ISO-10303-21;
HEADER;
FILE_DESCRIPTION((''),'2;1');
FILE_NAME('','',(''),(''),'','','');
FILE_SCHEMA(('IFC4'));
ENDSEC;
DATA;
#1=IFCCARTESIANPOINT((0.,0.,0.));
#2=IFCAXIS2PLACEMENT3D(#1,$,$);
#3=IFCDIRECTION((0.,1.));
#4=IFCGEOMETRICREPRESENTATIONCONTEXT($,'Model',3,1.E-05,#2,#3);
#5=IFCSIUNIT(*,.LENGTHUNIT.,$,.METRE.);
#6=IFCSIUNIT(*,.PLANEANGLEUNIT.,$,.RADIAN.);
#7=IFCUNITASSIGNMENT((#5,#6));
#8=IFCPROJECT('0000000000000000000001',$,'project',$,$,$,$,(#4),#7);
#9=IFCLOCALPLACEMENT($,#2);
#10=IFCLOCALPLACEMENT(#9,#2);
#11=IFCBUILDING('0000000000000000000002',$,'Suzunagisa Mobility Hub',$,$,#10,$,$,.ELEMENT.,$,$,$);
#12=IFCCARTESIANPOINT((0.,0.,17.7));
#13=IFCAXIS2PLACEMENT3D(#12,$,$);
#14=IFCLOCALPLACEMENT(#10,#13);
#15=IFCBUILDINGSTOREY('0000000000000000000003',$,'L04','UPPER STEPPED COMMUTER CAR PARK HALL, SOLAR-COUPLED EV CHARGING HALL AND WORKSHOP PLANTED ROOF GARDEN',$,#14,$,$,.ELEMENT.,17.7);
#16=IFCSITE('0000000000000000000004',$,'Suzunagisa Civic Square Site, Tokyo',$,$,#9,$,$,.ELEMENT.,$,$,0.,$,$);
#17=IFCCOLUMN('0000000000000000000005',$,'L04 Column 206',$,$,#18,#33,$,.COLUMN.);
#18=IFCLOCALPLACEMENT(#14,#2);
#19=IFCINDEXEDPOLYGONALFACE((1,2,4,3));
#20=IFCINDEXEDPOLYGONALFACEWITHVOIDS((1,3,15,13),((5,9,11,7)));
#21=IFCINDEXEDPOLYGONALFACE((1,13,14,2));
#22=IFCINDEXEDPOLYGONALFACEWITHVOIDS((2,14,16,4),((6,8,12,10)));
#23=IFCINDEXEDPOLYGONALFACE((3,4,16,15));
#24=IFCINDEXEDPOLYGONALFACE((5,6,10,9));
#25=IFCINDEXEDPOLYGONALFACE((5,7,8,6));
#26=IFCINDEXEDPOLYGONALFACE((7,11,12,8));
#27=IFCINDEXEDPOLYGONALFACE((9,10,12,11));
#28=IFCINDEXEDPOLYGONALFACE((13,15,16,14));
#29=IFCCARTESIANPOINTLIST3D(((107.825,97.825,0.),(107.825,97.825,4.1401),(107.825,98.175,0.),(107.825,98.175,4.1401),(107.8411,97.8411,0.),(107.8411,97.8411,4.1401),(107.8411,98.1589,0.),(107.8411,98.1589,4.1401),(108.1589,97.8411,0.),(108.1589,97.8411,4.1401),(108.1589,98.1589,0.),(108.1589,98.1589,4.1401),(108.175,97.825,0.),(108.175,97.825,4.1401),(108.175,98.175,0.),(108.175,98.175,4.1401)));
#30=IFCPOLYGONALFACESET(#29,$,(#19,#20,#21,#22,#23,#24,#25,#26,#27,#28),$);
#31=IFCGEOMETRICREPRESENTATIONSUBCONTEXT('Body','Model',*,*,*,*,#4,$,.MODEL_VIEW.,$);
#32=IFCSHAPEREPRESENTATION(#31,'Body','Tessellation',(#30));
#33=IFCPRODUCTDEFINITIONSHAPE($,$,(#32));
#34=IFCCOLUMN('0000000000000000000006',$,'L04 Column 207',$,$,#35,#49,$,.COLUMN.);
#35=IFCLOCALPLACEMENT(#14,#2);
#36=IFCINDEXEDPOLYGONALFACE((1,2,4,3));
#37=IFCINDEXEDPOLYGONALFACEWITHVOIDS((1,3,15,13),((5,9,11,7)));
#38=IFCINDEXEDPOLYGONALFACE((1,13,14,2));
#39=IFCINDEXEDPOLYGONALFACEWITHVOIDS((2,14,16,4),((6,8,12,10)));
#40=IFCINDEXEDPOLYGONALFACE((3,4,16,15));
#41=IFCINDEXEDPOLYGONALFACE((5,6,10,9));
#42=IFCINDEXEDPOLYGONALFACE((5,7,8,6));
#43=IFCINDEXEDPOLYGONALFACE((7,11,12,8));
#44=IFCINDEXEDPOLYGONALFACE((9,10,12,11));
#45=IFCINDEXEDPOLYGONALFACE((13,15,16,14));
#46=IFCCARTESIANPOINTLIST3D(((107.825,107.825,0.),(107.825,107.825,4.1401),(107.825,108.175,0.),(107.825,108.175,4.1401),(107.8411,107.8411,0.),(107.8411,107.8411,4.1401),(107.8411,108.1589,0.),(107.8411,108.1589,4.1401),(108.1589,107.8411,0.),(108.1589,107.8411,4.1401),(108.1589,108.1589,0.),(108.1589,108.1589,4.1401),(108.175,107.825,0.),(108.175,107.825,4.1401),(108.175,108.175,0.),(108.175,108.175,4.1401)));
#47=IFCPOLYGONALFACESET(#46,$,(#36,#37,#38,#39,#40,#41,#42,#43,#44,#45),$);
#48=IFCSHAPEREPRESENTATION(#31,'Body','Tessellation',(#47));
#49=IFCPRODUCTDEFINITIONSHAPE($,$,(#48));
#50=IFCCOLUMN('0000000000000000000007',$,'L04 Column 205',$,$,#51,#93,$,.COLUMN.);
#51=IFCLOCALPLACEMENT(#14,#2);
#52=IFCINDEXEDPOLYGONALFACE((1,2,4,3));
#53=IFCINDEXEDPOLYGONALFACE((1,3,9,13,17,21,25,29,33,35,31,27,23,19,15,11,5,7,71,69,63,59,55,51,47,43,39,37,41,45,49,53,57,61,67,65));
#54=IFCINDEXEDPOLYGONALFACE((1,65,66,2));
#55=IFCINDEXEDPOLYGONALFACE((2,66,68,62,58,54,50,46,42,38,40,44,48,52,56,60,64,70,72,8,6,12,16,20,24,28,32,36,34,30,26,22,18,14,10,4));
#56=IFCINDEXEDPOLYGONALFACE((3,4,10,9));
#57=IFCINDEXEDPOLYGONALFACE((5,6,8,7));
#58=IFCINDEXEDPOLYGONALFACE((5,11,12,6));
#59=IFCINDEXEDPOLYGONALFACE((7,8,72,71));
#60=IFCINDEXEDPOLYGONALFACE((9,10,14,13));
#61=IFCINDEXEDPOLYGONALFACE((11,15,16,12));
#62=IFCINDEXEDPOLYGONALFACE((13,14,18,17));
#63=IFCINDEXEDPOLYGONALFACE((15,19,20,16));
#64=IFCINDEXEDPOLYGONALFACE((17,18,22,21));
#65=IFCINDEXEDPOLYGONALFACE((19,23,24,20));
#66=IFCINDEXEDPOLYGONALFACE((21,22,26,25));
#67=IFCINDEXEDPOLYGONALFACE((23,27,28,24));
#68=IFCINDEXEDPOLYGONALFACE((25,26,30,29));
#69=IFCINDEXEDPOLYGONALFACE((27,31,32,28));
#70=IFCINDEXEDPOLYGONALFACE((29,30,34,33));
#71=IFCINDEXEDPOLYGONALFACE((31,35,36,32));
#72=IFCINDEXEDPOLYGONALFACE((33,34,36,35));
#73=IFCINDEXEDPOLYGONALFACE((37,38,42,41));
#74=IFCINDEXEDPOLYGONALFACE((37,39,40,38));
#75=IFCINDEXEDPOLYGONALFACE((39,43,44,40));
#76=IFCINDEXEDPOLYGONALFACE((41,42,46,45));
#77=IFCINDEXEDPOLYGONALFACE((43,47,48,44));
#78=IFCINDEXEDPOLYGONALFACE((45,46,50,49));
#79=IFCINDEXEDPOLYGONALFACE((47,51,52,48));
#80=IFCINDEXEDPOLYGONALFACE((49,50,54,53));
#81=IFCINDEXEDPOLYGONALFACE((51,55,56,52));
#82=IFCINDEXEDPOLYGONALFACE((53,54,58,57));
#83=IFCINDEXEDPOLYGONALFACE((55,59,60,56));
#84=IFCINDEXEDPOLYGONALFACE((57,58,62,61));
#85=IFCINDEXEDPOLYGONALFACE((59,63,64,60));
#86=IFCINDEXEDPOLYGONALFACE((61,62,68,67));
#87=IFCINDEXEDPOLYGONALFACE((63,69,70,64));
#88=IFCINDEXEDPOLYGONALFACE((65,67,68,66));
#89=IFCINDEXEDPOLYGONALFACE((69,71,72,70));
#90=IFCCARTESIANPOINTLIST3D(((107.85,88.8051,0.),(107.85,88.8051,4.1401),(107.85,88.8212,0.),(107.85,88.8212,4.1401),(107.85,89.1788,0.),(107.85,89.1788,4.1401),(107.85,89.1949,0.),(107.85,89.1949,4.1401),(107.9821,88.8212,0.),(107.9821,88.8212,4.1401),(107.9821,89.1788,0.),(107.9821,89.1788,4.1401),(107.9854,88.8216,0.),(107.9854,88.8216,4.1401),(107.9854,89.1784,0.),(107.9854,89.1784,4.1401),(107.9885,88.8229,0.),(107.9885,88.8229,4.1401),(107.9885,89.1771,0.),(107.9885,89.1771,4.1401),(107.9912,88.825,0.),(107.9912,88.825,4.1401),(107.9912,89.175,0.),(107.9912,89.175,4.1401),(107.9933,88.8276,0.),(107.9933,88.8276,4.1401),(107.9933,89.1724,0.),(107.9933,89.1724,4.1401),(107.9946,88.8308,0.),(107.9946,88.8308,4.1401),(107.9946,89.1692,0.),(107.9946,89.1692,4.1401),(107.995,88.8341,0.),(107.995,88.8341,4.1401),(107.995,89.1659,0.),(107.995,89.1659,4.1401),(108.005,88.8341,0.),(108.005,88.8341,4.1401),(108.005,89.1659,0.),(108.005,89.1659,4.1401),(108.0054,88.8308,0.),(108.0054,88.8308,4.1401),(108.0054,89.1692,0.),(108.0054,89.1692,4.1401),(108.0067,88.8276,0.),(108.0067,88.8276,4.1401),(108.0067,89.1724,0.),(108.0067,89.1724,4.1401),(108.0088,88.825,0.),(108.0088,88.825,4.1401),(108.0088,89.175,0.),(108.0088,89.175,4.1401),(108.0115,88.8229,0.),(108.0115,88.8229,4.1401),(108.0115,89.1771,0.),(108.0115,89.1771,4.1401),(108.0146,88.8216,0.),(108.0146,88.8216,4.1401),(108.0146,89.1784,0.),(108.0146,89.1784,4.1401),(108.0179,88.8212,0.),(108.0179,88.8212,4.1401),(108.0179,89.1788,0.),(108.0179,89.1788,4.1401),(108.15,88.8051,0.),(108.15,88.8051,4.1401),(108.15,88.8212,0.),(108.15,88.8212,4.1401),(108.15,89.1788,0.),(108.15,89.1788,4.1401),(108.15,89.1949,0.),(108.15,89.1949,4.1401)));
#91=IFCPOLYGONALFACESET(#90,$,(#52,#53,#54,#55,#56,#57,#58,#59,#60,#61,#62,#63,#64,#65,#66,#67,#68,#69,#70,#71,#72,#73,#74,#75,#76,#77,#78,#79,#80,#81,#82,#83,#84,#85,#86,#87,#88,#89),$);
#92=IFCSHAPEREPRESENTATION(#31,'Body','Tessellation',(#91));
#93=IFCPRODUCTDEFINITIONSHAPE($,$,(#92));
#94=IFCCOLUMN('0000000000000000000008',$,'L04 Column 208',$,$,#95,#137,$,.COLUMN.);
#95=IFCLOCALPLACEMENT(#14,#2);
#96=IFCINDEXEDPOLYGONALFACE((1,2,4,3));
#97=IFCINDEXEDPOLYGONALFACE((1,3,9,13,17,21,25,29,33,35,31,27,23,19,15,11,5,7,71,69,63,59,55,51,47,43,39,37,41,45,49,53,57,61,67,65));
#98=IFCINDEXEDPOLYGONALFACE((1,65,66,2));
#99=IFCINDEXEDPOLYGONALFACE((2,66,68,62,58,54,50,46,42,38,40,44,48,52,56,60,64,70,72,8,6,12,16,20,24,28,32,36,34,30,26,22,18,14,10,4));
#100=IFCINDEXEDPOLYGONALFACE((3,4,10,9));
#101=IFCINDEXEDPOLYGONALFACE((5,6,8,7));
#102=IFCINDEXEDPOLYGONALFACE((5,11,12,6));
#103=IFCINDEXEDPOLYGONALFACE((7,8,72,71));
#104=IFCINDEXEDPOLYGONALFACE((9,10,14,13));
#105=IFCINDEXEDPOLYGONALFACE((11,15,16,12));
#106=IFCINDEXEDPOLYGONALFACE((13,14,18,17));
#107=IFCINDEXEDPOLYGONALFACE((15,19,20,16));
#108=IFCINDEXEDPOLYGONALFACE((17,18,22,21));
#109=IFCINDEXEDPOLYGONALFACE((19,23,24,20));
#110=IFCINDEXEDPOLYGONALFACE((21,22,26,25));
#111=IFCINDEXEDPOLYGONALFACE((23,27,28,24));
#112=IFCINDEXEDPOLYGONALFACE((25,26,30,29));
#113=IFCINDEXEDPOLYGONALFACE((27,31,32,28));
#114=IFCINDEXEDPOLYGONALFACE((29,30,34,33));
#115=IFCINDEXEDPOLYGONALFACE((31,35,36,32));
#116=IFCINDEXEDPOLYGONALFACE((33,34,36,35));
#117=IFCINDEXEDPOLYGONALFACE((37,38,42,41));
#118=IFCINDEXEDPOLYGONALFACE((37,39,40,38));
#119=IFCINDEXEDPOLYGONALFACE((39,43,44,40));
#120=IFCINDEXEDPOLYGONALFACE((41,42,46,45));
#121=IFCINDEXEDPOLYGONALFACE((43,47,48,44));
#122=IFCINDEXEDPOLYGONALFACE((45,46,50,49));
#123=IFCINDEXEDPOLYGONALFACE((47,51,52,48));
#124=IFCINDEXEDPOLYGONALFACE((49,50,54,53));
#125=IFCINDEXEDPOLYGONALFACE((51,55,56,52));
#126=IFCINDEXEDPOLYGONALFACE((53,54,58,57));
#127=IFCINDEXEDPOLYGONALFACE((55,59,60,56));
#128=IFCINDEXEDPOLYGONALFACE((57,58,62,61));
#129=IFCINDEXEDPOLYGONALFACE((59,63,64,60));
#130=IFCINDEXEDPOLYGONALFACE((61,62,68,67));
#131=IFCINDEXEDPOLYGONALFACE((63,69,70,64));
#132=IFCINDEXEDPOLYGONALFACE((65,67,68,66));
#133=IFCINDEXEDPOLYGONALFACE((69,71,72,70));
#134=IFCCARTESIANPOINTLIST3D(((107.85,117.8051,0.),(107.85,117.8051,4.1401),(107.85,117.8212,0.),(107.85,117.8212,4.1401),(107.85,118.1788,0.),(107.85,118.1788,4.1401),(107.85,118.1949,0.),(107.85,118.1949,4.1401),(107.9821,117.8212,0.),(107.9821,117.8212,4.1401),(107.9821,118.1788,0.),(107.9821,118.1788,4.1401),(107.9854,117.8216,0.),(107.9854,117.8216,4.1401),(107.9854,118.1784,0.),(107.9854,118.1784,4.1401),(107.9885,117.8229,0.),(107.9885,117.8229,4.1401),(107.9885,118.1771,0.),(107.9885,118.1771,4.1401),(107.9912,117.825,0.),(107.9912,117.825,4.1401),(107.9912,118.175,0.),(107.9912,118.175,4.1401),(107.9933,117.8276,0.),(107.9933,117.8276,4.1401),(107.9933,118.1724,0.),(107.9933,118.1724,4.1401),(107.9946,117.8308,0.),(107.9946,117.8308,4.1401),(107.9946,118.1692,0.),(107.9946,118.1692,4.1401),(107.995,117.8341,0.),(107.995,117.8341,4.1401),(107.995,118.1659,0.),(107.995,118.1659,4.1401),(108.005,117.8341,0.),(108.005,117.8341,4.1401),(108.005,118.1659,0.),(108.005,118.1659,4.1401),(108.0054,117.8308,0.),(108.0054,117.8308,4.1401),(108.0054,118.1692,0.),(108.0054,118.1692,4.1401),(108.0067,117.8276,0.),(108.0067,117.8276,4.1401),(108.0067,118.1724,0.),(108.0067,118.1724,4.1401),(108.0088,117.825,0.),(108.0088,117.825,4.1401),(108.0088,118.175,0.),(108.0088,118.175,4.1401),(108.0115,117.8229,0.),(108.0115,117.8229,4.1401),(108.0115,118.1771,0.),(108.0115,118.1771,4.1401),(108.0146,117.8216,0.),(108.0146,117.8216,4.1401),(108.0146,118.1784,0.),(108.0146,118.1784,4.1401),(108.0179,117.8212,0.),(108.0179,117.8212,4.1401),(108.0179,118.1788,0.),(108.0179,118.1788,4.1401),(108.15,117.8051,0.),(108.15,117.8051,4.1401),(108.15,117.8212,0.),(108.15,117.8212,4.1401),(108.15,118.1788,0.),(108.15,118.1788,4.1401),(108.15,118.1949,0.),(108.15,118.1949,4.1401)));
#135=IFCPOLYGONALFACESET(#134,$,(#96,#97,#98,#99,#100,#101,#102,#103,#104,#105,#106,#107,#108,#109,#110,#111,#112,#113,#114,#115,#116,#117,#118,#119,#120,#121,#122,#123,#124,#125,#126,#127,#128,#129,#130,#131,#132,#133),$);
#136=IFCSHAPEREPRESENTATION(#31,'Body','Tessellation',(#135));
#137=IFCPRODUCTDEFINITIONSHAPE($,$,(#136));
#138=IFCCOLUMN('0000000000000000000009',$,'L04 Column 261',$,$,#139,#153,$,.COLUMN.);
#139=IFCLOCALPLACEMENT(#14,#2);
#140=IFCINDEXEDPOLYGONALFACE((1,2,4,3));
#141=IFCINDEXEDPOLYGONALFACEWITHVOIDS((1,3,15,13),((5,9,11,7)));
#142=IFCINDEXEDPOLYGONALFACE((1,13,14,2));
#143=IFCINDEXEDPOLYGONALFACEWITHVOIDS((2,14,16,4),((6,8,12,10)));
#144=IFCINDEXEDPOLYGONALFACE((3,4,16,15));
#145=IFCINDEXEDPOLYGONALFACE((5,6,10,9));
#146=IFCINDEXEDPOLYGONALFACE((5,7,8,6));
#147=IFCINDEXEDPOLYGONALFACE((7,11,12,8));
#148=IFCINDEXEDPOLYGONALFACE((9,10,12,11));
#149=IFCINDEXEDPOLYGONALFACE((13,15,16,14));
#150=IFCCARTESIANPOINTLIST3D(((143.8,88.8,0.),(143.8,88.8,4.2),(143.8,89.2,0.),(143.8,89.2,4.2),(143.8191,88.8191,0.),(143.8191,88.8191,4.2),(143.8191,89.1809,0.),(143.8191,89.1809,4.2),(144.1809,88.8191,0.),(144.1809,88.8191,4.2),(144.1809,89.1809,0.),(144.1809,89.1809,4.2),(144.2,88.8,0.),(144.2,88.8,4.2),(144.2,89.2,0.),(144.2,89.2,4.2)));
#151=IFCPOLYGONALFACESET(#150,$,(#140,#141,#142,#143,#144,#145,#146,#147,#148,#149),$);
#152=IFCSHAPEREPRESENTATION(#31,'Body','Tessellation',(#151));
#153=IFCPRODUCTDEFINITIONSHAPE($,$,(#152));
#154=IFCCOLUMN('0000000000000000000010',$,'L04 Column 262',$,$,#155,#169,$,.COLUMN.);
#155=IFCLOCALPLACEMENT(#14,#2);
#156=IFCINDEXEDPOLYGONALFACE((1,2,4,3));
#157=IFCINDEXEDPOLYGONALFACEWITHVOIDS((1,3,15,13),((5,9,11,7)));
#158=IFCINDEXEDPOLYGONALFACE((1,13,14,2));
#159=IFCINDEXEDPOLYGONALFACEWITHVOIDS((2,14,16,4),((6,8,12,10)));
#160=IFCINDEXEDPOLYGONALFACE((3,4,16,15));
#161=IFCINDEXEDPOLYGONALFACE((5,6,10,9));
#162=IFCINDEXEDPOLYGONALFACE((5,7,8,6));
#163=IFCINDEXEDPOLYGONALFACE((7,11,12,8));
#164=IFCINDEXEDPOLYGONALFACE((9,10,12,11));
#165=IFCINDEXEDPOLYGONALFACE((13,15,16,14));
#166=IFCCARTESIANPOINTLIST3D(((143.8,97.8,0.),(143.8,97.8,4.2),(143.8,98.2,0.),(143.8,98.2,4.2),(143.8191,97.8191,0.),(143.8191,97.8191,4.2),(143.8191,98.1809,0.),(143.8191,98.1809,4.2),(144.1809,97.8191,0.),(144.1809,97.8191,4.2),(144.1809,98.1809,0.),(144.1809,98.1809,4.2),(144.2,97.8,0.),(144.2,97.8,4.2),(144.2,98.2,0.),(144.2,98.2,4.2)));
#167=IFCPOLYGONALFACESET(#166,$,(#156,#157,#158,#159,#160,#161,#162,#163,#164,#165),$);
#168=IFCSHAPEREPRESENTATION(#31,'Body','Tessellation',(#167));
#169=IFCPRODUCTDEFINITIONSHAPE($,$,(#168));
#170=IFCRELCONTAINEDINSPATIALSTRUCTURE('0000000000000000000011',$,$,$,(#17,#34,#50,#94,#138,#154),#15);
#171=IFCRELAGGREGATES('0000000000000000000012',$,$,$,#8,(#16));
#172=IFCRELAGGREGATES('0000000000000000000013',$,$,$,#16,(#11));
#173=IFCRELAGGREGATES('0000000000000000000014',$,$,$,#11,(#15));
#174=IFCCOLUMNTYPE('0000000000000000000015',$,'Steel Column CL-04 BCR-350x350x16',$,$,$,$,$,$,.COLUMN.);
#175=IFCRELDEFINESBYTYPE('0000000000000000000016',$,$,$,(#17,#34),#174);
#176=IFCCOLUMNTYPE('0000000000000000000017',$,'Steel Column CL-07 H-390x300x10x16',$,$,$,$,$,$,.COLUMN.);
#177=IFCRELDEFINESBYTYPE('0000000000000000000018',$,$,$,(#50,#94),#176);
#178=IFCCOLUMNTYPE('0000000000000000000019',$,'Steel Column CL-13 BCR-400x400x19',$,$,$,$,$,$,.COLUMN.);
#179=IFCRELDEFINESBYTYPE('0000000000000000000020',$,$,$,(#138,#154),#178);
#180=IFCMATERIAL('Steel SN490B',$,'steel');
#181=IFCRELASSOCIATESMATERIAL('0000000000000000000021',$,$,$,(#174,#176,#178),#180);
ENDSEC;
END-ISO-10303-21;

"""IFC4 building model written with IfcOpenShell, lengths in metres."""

from ifc_helpers import new_model, si_unit, direction, frame, origin, origin_2d, place, context, subcontext, project, spatial, hollow_rectangle, i_section, extrude, material, material_profile, profile_set, type_object, element, save


model = new_model("IFC4")

# Units and contexts
model_context = context("Model", 3, precision=1e-05, world=origin(), true_north=direction((0.0, 1.0)))
body_context = subcontext(model_context, "Body", "Model", "MODEL_VIEW")
ifc_project = project(units=[si_unit("LENGTHUNIT", "METRE"), si_unit("PLANEANGLEUNIT", "RADIAN")], contexts=[model_context])

# Site, building, storey
site_placement = place(None, origin())
site = spatial("IfcSite", under=ifc_project, at=site_placement, Name="Suzunagisa Civic Square Site, Tokyo", CompositionType="ELEMENT", RefElevation=0.0)
building_placement = place(site_placement, origin())
building = spatial("IfcBuilding", under=site, at=building_placement, Name="Suzunagisa Mobility Hub", CompositionType="ELEMENT")
storey_placement = place(building_placement, frame((0.0, 0.0, 17.7)))
storey = spatial("IfcBuildingStorey", under=building, at=storey_placement, Name="L04", Description="UPPER STEPPED COMMUTER CAR PARK HALL, SOLAR-COUPLED EV CHARGING HALL AND WORKSHOP PLANTED ROOF GARDEN", CompositionType="ELEMENT", Elevation=17.7)

# Columns
ifc_material_1 = material(Name="Steel SN490B", Category="steel")
ifc_material_profile_1 = material_profile(ifc_material_1, hollow_rectangle(XDim=0.3501, YDim=0.3501, WallThickness=0.0161, at=origin_2d()), Name="BCR-350x350x16")
ifc_profile_set_1 = profile_set([ifc_material_profile_1], Name="Steel SN490B")
column_type_1 = type_object("IfcColumnType", Name="Steel Column CL-04 BCR-350x350x16", PredefinedType="COLUMN", material=ifc_profile_set_1)
for number, where, z_axis, x_axis, name in (
    (1, (108.0, 98.0, 0.0), (0.0, 0.0, 1.0), (1.0, 0.0, 0.0), "L04 Column 206"),
    (2, (108.0, 108.0, 0.0), (0.0, 0.0, 1.0), (1.0, 0.0, 0.0), "L04 Column 207"),
):
    element("IfcColumn", number, at=place(storey_placement, frame(where, z_axis=z_axis, x_axis=x_axis)), inside=storey, type_object=column_type_1, Name=name, PredefinedType="COLUMN", context=body_context, shape_type="SweptSolid", body=[
        extrude(hollow_rectangle(XDim=0.3501, YDim=0.3501, WallThickness=0.0161, at=origin_2d()), origin(), (0.0, 0.0, 1.0), 4.1401),
    ])
ifc_material_profile_2 = material_profile(ifc_material_1, i_section(OverallWidth=0.3, OverallDepth=0.3899, WebThickness=0.01, FlangeThickness=0.0161, FilletRadius=0.0129, at=origin_2d()), Name="H-390x300x10x16")
ifc_profile_set_2 = profile_set([ifc_material_profile_2], Name="Steel SN490B")
column_type_2 = type_object("IfcColumnType", Name="Steel Column CL-07 H-390x300x10x16", PredefinedType="COLUMN", material=ifc_profile_set_2)
for number, where, z_axis, x_axis, name in (
    (3, (108.0, 89.0, 0.0), (0.0, 0.0, 1.0), (1.0, 0.0, 0.0), "L04 Column 205"),
    (4, (108.0, 118.0, 0.0), (0.0, 0.0, 1.0), (1.0, 0.0, 0.0), "L04 Column 208"),
):
    element("IfcColumn", number, at=place(storey_placement, frame(where, z_axis=z_axis, x_axis=x_axis)), inside=storey, type_object=column_type_2, Name=name, PredefinedType="COLUMN", context=body_context, shape_type="SweptSolid", body=[
        extrude(i_section(OverallWidth=0.3, OverallDepth=0.3899, WebThickness=0.01, FlangeThickness=0.0161, FilletRadius=0.0129, at=origin_2d()), origin(), (0.0, 0.0, 1.0), 4.1401),
    ])
ifc_material_profile_3 = material_profile(ifc_material_1, hollow_rectangle(XDim=0.3999, YDim=0.3999, WallThickness=0.019, at=origin_2d()), Name="BCR-400x400x19")
ifc_profile_set_3 = profile_set([ifc_material_profile_3], Name="Steel SN490B")
column_type_3 = type_object("IfcColumnType", Name="Steel Column CL-13 BCR-400x400x19", PredefinedType="COLUMN", material=ifc_profile_set_3)
for number, where, z_axis, x_axis, name in (
    (5, (144.0, 89.0, 0.0), (0.0, 0.0, 1.0), (1.0, 0.0, 0.0), "L04 Column 261"),
    (6, (144.0, 98.0, 0.0), (0.0, 0.0, 1.0), (1.0, 0.0, 0.0), "L04 Column 262"),
):
    element("IfcColumn", number, at=place(storey_placement, frame(where, z_axis=z_axis, x_axis=x_axis)), inside=storey, type_object=column_type_3, Name=name, PredefinedType="COLUMN", context=body_context, shape_type="SweptSolid", body=[
        extrude(hollow_rectangle(XDim=0.3999, YDim=0.3999, WallThickness=0.019, at=origin_2d()), origin(), (0.0, 0.0, 1.0), 4.2),
    ])

save(model, "model.ifc")
